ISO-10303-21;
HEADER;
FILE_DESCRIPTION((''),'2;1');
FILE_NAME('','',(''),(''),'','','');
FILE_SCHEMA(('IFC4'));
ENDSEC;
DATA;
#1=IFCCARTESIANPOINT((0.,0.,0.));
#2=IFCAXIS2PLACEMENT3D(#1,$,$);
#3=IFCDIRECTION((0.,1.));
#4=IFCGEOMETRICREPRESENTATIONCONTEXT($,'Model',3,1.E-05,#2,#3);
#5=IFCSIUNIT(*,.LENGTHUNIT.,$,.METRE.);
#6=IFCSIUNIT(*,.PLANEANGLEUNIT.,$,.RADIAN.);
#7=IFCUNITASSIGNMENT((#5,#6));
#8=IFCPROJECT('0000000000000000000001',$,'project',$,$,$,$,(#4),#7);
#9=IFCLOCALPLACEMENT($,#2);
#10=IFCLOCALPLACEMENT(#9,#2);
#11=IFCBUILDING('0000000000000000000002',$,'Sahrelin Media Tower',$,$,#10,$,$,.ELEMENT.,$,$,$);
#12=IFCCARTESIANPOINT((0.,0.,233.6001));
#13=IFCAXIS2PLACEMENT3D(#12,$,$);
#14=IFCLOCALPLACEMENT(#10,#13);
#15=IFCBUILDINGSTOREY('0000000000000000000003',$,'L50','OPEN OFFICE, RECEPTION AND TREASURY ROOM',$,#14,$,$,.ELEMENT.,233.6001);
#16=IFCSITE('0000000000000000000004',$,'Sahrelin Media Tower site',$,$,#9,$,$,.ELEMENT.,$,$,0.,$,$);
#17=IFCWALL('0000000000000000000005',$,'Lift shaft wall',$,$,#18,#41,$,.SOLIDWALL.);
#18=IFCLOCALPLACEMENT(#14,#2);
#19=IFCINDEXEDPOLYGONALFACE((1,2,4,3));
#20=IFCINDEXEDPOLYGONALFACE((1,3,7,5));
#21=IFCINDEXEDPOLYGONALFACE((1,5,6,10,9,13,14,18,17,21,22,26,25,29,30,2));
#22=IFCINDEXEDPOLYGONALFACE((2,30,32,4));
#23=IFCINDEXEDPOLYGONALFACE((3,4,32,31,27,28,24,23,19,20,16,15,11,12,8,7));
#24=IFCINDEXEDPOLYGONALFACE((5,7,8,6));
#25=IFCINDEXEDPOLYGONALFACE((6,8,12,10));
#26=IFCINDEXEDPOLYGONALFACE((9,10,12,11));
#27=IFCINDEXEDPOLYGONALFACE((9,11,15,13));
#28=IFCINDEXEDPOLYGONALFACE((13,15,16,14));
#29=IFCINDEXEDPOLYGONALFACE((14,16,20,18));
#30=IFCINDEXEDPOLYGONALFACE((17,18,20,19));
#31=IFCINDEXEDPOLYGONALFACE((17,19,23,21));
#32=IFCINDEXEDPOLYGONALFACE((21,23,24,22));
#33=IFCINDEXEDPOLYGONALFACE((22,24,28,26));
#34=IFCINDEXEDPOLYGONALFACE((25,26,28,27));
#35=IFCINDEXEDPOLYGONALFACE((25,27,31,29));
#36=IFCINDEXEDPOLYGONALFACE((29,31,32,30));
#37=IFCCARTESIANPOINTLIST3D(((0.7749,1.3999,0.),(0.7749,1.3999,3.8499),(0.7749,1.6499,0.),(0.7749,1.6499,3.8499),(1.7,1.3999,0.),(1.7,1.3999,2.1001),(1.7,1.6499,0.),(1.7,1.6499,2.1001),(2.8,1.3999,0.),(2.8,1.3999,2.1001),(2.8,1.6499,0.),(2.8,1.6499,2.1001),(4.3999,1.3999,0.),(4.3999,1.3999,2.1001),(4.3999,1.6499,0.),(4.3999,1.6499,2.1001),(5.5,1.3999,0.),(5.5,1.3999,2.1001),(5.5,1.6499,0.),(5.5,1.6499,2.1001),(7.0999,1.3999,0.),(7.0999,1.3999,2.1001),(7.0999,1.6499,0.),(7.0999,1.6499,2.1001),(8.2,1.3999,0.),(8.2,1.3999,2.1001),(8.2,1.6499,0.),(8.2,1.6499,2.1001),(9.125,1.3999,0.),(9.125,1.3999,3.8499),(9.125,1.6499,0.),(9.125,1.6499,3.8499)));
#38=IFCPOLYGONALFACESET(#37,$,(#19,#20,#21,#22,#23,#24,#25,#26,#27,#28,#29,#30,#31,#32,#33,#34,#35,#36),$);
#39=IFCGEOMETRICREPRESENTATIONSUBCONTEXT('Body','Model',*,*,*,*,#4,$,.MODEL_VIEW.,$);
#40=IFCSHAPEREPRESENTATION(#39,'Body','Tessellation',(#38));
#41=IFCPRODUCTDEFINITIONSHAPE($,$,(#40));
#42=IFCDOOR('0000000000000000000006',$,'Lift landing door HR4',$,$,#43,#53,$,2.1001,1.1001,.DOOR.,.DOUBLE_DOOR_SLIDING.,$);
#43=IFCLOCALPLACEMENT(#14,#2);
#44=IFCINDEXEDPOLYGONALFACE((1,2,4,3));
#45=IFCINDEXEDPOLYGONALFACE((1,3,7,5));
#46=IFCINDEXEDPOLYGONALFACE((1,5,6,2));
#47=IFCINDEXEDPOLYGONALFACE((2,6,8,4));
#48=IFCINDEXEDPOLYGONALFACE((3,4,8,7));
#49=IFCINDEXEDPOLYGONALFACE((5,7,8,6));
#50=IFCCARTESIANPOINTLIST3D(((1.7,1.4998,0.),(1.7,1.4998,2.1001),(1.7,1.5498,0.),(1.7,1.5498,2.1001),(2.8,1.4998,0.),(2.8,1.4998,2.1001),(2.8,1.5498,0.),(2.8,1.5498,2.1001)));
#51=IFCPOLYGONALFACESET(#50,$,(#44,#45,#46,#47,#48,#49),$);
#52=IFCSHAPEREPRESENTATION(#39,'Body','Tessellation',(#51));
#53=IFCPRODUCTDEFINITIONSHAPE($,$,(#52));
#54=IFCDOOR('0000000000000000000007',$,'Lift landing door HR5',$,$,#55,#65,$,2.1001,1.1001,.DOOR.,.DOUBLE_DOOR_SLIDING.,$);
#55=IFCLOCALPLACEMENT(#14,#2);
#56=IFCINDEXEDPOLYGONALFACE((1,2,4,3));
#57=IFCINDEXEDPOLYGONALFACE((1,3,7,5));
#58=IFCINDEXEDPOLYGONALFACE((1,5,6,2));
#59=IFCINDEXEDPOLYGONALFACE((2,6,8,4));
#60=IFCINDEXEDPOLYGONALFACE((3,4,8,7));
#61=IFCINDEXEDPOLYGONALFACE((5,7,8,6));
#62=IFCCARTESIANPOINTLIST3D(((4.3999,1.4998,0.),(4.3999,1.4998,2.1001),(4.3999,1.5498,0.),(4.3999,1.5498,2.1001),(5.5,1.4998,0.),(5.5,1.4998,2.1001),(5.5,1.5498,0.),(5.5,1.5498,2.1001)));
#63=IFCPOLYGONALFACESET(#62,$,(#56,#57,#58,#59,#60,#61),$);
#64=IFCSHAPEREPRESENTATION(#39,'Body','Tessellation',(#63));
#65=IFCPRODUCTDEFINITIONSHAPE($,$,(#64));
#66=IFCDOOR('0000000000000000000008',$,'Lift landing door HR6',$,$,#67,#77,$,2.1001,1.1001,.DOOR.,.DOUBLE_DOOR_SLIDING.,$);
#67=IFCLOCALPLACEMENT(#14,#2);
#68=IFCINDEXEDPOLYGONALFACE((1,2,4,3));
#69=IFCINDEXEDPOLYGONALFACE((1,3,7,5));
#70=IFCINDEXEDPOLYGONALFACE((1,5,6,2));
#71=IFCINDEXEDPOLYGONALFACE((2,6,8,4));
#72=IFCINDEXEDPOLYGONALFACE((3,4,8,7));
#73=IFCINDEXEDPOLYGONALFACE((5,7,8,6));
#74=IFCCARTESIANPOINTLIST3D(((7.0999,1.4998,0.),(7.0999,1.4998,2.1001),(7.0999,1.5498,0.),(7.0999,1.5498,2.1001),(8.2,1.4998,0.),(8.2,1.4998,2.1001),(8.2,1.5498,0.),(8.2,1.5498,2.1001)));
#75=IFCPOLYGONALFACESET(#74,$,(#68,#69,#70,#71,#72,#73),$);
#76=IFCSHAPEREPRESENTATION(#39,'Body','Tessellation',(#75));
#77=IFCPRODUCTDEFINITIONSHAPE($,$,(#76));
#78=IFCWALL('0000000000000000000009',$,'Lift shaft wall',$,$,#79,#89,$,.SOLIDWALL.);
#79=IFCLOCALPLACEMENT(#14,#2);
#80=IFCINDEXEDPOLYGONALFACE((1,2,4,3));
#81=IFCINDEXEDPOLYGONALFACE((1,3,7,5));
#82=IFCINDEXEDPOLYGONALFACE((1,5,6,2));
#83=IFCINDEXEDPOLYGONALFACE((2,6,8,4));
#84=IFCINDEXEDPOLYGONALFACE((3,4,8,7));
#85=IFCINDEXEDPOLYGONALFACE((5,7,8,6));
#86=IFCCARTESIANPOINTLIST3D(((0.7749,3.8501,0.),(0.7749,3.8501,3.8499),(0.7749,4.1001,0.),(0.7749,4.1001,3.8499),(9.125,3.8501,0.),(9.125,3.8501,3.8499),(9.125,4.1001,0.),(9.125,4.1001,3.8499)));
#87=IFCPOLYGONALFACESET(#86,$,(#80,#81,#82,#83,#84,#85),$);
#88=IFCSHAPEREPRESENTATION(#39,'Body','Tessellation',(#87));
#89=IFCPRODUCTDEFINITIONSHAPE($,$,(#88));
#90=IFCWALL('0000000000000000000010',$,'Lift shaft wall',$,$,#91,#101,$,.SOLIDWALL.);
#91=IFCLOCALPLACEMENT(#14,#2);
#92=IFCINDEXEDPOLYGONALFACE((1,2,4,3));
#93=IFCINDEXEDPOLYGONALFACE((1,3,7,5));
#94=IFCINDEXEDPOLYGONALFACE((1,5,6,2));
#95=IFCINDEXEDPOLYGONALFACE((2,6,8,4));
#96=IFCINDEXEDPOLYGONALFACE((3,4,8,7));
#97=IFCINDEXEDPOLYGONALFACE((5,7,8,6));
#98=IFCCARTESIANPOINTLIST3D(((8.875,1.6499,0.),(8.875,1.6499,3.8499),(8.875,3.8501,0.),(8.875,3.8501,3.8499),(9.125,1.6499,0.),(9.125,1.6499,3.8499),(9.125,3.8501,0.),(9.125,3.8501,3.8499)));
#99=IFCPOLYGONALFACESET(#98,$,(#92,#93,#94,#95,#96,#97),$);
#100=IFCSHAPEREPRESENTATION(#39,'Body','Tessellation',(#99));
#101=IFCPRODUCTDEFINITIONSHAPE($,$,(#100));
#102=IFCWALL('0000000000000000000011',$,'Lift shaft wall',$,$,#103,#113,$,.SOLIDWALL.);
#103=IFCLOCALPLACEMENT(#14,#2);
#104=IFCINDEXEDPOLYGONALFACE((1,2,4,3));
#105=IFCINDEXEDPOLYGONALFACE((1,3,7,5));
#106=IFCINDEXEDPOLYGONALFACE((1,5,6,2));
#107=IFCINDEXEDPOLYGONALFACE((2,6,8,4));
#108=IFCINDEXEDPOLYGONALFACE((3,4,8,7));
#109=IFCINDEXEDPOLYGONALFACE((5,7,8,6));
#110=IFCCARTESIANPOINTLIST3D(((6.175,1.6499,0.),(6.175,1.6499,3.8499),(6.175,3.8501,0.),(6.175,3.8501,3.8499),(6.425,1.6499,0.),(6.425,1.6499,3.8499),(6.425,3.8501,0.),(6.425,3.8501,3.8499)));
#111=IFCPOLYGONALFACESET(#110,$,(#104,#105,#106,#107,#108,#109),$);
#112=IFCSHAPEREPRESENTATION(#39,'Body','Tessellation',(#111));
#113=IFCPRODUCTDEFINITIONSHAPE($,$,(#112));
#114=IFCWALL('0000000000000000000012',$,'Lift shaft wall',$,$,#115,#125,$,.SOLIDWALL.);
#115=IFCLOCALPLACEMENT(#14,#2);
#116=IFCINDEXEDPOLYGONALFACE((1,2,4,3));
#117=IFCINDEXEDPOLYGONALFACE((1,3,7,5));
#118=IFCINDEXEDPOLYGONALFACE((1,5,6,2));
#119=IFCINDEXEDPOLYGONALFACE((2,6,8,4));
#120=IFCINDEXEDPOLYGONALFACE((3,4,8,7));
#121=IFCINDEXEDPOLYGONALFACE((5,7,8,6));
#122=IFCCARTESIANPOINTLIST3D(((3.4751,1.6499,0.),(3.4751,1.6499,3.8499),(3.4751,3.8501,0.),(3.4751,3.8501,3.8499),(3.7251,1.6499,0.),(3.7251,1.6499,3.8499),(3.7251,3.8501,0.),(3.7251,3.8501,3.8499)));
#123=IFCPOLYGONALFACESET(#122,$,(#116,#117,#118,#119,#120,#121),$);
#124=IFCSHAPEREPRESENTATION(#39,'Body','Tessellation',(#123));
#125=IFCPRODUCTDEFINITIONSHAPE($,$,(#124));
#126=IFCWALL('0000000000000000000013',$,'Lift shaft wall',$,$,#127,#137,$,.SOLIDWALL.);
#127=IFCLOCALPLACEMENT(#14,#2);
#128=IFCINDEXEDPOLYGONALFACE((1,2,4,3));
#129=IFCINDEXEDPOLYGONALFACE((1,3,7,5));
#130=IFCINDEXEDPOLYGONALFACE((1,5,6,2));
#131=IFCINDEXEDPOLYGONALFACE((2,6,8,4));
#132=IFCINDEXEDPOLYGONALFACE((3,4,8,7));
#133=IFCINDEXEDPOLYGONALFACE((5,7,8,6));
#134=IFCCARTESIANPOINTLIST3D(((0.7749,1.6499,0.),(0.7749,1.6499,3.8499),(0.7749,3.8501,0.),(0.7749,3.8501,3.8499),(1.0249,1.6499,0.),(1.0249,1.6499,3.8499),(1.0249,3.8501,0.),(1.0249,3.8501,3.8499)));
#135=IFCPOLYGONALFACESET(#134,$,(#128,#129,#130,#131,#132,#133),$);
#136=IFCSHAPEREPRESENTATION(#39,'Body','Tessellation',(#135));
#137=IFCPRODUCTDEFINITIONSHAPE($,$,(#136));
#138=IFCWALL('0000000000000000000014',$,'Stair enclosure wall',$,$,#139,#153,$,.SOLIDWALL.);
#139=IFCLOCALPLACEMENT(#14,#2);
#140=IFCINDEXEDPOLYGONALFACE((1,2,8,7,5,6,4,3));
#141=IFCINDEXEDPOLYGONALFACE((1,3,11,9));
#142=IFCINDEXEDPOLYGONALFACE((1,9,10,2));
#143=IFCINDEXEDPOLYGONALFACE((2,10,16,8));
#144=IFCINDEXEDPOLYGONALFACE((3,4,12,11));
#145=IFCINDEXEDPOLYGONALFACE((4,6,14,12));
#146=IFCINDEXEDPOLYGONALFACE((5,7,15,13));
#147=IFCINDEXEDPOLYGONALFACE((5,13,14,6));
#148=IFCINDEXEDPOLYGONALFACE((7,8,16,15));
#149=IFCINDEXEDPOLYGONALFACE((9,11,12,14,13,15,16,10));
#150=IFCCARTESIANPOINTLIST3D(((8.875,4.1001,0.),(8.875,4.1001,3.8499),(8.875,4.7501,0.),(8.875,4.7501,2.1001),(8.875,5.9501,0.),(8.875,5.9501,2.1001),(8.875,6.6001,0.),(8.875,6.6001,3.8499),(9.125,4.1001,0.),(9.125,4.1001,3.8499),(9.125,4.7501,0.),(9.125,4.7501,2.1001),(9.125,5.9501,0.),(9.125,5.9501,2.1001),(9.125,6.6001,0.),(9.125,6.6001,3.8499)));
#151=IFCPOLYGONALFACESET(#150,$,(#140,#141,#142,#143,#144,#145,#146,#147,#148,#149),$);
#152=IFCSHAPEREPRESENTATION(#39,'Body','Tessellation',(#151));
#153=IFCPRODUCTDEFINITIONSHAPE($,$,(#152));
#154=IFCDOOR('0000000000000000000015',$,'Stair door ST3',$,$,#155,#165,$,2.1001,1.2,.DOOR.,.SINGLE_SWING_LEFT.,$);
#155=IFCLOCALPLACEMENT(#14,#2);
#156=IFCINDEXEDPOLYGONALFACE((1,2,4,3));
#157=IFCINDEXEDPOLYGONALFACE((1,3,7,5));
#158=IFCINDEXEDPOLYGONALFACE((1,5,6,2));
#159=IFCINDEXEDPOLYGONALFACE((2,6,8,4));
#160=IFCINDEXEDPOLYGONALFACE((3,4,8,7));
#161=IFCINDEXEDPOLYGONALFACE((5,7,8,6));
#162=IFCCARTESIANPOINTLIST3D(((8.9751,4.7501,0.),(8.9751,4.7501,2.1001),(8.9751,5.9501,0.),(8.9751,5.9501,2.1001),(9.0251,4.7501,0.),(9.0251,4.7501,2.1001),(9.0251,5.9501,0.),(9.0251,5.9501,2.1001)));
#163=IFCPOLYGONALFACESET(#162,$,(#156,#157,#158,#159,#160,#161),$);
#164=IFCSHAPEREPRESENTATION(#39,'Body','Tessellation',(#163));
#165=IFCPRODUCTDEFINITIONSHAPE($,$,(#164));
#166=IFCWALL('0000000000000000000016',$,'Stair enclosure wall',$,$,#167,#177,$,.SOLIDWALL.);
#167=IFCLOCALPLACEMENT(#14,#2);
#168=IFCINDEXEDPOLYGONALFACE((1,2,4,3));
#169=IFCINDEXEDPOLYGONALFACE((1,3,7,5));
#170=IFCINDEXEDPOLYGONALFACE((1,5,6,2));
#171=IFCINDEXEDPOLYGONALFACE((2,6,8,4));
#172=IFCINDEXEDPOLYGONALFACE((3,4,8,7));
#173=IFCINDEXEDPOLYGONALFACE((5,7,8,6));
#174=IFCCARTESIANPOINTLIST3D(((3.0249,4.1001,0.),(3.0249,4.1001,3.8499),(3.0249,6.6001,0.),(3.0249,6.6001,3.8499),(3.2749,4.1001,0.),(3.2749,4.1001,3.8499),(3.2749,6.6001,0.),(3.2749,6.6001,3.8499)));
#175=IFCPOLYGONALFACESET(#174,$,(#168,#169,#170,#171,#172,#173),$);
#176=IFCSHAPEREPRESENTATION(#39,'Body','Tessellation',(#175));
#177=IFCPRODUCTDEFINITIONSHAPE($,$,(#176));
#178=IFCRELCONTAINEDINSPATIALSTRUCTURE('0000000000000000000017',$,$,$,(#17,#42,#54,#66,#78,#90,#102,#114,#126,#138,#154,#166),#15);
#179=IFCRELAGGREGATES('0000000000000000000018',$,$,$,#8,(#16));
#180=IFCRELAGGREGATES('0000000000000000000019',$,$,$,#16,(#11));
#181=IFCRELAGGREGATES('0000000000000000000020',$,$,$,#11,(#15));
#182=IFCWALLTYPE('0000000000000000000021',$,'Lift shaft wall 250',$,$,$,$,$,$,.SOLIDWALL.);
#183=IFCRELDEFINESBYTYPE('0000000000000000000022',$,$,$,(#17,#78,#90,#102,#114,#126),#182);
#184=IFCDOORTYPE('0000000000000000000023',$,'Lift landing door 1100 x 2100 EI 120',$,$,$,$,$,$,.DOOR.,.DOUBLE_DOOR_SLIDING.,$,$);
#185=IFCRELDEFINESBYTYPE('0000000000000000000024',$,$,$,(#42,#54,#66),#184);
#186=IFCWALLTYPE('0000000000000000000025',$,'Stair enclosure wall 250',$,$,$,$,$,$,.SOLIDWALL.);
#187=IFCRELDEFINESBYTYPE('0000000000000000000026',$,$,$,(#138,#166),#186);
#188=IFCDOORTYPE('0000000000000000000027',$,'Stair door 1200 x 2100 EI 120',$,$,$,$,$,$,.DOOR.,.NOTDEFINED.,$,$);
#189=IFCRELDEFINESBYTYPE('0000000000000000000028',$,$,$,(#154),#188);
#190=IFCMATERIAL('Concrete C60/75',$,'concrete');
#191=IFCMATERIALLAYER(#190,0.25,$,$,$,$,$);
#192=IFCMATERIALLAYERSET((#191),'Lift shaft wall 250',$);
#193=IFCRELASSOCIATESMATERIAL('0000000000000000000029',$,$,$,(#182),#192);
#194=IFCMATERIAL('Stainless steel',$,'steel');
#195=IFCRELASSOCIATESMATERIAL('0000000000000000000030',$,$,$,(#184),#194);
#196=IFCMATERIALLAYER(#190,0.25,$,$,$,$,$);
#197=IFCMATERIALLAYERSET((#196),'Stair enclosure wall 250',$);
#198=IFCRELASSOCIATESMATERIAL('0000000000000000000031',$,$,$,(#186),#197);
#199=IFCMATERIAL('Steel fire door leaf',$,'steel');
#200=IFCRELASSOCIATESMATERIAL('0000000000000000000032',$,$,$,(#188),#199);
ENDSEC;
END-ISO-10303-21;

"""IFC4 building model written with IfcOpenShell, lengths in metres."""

from ifc_helpers import new_model, si_unit, direction, frame, frame_2d, origin, place, context, subcontext, project, spatial, rectangle, extrude, material, layer, layer_set, type_object, element, fill, save


model = new_model("IFC4")

# Units and contexts
model_context = context("Model", 3, precision=1e-05, world=origin(), true_north=direction((0.0, 1.0)))
body_context = subcontext(model_context, "Body", "Model", "MODEL_VIEW")
ifc_project = project(units=[si_unit("LENGTHUNIT", "METRE"), si_unit("PLANEANGLEUNIT", "RADIAN")], contexts=[model_context])

# Site, building, storey
site_placement = place(None, origin())
site = spatial("IfcSite", under=ifc_project, at=site_placement, Name="Sahrelin Media Tower site", CompositionType="ELEMENT", RefElevation=0.0)
building_placement = place(site_placement, origin())
building = spatial("IfcBuilding", under=site, at=building_placement, Name="Sahrelin Media Tower", CompositionType="ELEMENT")
storey_placement = place(building_placement, frame((0.0, 0.0, 233.6001)))
storey = spatial("IfcBuildingStorey", under=building, at=storey_placement, Name="L50", Description="OPEN OFFICE, RECEPTION AND TREASURY ROOM", CompositionType="ELEMENT", Elevation=233.6001)

# Wall, openings, doors
ifc_material_1 = material(Name="Concrete C60/75", Category="concrete")
ifc_layer_1 = layer(ifc_material_1, 0.25)
ifc_layer_set_1 = layer_set([ifc_layer_1], Name="Lift shaft wall 250")
wall_type_1 = type_object("IfcWallType", Name="Lift shaft wall 250", PredefinedType="SOLIDWALL", material=ifc_layer_set_1)
wall_1_placement = place(storey_placement, frame((0.7749, 1.5249, 0.0), z_axis=(0.0, 0.0, 1.0), x_axis=(1.0, 0.0, 0.0)))
wall_1 = element("IfcWall", 1, at=wall_1_placement, inside=storey, type_object=wall_type_1, Name="Lift shaft wall", PredefinedType="SOLIDWALL", context=body_context, shape_type="SweptSolid", body=[
    extrude(rectangle(XDim=8.3501, YDim=0.25, at=frame_2d((4.175, 0.0))), origin(), (0.0, 0.0, 1.0), 3.8499),
])
opening_1_placement = place(wall_1_placement, frame((0.925, 0.0, 0.0)))
opening_1 = element("IfcOpeningElement", 2, at=opening_1_placement, cuts=wall_1, PredefinedType="OPENING", context=body_context, shape_type="SweptSolid", body=[
    extrude(rectangle(XDim=1.1001, YDim=2.1001, at=frame_2d((0.55, 1.05))), frame((0.0, 0.125, 0.0), z_axis=(0.0, -1.0, 0.0), x_axis=(1.0, 0.0, 0.0)), (0.0, 0.0, 1.0), 0.25),
])
opening_2_placement = place(wall_1_placement, frame((3.625, 0.0, 0.0)))
opening_2 = element("IfcOpeningElement", 3, at=opening_2_placement, cuts=wall_1, PredefinedType="OPENING", context=body_context, shape_type="SweptSolid", body=[
    extrude(rectangle(XDim=1.1001, YDim=2.1001, at=frame_2d((0.55, 1.05))), frame((0.0, 0.125, 0.0), z_axis=(0.0, -1.0, 0.0), x_axis=(1.0, 0.0, 0.0)), (0.0, 0.0, 1.0), 0.25),
])
opening_3_placement = place(wall_1_placement, frame((6.325, 0.0, 0.0)))
opening_3 = element("IfcOpeningElement", 4, at=opening_3_placement, cuts=wall_1, PredefinedType="OPENING", context=body_context, shape_type="SweptSolid", body=[
    extrude(rectangle(XDim=1.1001, YDim=2.1001, at=frame_2d((0.55, 1.05))), frame((0.0, 0.125, 0.0), z_axis=(0.0, -1.0, 0.0), x_axis=(1.0, 0.0, 0.0)), (0.0, 0.0, 1.0), 0.25),
])
ifc_material_2 = material(Name="Stainless steel", Category="steel")
door_type_1 = type_object("IfcDoorType", Name="Lift landing door 1100 x 2100 EI 120", OperationType="DOUBLE_DOOR_SLIDING", PredefinedType="DOOR", material=ifc_material_2)
door_1_placement = place(opening_1_placement, origin())
door_1 = element("IfcDoor", 5, at=door_1_placement, inside=storey, type_object=door_type_1, Name="Lift landing door HR4", OperationType="DOUBLE_DOOR_SLIDING", OverallHeight=2.1001, OverallWidth=1.1001, PredefinedType="DOOR", context=body_context, shape_type="SweptSolid", body=[
    extrude(rectangle(XDim=1.1001, YDim=2.1001, at=frame_2d((0.55, 1.05))), frame((0.0, 0.0249, 0.0), z_axis=(0.0, -1.0, 0.0), x_axis=(1.0, 0.0, 0.0)), (0.0, 0.0, 1.0), 0.05),
])
fill(opening_1, door_1)
door_2_placement = place(opening_2_placement, origin())
door_2 = element("IfcDoor", 6, at=door_2_placement, inside=storey, type_object=door_type_1, Name="Lift landing door HR5", OperationType="DOUBLE_DOOR_SLIDING", OverallHeight=2.1001, OverallWidth=1.1001, PredefinedType="DOOR", context=body_context, shape_type="SweptSolid", body=[
    extrude(rectangle(XDim=1.1001, YDim=2.1001, at=frame_2d((0.55, 1.05))), frame((0.0, 0.0249, 0.0), z_axis=(0.0, -1.0, 0.0), x_axis=(1.0, 0.0, 0.0)), (0.0, 0.0, 1.0), 0.05),
])
fill(opening_2, door_2)
door_3_placement = place(opening_3_placement, origin())
door_3 = element("IfcDoor", 7, at=door_3_placement, inside=storey, type_object=door_type_1, Name="Lift landing door HR6", OperationType="DOUBLE_DOOR_SLIDING", OverallHeight=2.1001, OverallWidth=1.1001, PredefinedType="DOOR", context=body_context, shape_type="SweptSolid", body=[
    extrude(rectangle(XDim=1.1001, YDim=2.1001, at=frame_2d((0.55, 1.05))), frame((0.0, 0.0249, 0.0), z_axis=(0.0, -1.0, 0.0), x_axis=(1.0, 0.0, 0.0)), (0.0, 0.0, 1.0), 0.05),
])
fill(opening_3, door_3)

# Walls
wall_2_placement = place(storey_placement, frame((0.7749, 3.9751, 0.0), z_axis=(0.0, 0.0, 1.0), x_axis=(1.0, 0.0, 0.0)))
element("IfcWall", 8, at=wall_2_placement, inside=storey, type_object=wall_type_1, Name="Lift shaft wall", PredefinedType="SOLIDWALL", context=body_context, shape_type="SweptSolid", body=[
    extrude(rectangle(XDim=8.3501, YDim=0.25, at=frame_2d((4.175, 0.0))), origin(), (0.0, 0.0, 1.0), 3.8499),
])
for number, where, z_axis, x_axis, name in (
    (9, (9.0, 1.6499, 0.0), (0.0, 0.0, 1.0), (0.0, 1.0, 0.0), "Lift shaft wall"),
    (10, (6.3, 1.6499, 0.0), (0.0, 0.0, 1.0), (0.0, 1.0, 0.0), "Lift shaft wall"),
    (11, (3.6001, 1.6499, 0.0), (0.0, 0.0, 1.0), (0.0, 1.0, 0.0), "Lift shaft wall"),
    (12, (0.8999, 1.6499, 0.0), (0.0, 0.0, 1.0), (0.0, 1.0, 0.0), "Lift shaft wall"),
):
    element("IfcWall", number, at=place(storey_placement, frame(where, z_axis=z_axis, x_axis=x_axis)), inside=storey, type_object=wall_type_1, Name=name, PredefinedType="SOLIDWALL", context=body_context, shape_type="SweptSolid", body=[
        extrude(rectangle(XDim=2.2002, YDim=0.25, at=frame_2d((1.1001, 0.0))), origin(), (0.0, 0.0, 1.0), 3.8499),
    ])

# Wall, opening, door
ifc_layer_2 = layer(ifc_material_1, 0.25)
ifc_layer_set_2 = layer_set([ifc_layer_2], Name="Stair enclosure wall 250")
wall_type_2 = type_object("IfcWallType", Name="Stair enclosure wall 250", PredefinedType="SOLIDWALL", material=ifc_layer_set_2)
wall_3_placement = place(storey_placement, frame((9.0, 4.1001, 0.0), z_axis=(0.0, 0.0, 1.0), x_axis=(0.0, 1.0, 0.0)))
wall_3 = element("IfcWall", 13, at=wall_3_placement, inside=storey, type_object=wall_type_2, Name="Stair enclosure wall", PredefinedType="SOLIDWALL", context=body_context, shape_type="SweptSolid", body=[
    extrude(rectangle(XDim=2.5, YDim=0.25, at=frame_2d((1.25, 0.0))), origin(), (0.0, 0.0, 1.0), 3.8499),
])
opening_4_placement = place(wall_3_placement, frame((0.6499, 0.0, 0.0)))
opening_4 = element("IfcOpeningElement", 14, at=opening_4_placement, cuts=wall_3, PredefinedType="OPENING", context=body_context, shape_type="SweptSolid", body=[
    extrude(rectangle(XDim=1.2, YDim=2.1001, at=frame_2d((0.6001, 1.05))), frame((0.0, 0.125, 0.0), z_axis=(0.0, -1.0, 0.0), x_axis=(1.0, 0.0, 0.0)), (0.0, 0.0, 1.0), 0.25),
])
ifc_material_3 = material(Name="Steel fire door leaf", Category="steel")
door_type_2 = type_object("IfcDoorType", Name="Stair door 1200 x 2100 EI 120", OperationType="NOTDEFINED", PredefinedType="DOOR", material=ifc_material_3)
door_4_placement = place(opening_4_placement, origin())
door_4 = element("IfcDoor", 15, at=door_4_placement, inside=storey, type_object=door_type_2, Name="Stair door ST3", OperationType="SINGLE_SWING_LEFT", OverallHeight=2.1001, OverallWidth=1.2, PredefinedType="DOOR", context=body_context, shape_type="SweptSolid", body=[
    extrude(rectangle(XDim=1.2, YDim=2.1001, at=frame_2d((0.6001, 1.05))), frame((0.0, 0.0249, 0.0), z_axis=(0.0, -1.0, 0.0), x_axis=(1.0, 0.0, 0.0)), (0.0, 0.0, 1.0), 0.05),
])
fill(opening_4, door_4)

# Wall
wall_4_placement = place(storey_placement, frame((3.1499, 4.1001, 0.0), z_axis=(0.0, 0.0, 1.0), x_axis=(0.0, 1.0, 0.0)))
element("IfcWall", 16, at=wall_4_placement, inside=storey, type_object=wall_type_2, Name="Stair enclosure wall", PredefinedType="SOLIDWALL", context=body_context, shape_type="SweptSolid", body=[
    extrude(rectangle(XDim=2.5, YDim=0.25, at=frame_2d((1.25, 0.0))), origin(), (0.0, 0.0, 1.0), 3.8499),
])

save(model, "model.ifc")
